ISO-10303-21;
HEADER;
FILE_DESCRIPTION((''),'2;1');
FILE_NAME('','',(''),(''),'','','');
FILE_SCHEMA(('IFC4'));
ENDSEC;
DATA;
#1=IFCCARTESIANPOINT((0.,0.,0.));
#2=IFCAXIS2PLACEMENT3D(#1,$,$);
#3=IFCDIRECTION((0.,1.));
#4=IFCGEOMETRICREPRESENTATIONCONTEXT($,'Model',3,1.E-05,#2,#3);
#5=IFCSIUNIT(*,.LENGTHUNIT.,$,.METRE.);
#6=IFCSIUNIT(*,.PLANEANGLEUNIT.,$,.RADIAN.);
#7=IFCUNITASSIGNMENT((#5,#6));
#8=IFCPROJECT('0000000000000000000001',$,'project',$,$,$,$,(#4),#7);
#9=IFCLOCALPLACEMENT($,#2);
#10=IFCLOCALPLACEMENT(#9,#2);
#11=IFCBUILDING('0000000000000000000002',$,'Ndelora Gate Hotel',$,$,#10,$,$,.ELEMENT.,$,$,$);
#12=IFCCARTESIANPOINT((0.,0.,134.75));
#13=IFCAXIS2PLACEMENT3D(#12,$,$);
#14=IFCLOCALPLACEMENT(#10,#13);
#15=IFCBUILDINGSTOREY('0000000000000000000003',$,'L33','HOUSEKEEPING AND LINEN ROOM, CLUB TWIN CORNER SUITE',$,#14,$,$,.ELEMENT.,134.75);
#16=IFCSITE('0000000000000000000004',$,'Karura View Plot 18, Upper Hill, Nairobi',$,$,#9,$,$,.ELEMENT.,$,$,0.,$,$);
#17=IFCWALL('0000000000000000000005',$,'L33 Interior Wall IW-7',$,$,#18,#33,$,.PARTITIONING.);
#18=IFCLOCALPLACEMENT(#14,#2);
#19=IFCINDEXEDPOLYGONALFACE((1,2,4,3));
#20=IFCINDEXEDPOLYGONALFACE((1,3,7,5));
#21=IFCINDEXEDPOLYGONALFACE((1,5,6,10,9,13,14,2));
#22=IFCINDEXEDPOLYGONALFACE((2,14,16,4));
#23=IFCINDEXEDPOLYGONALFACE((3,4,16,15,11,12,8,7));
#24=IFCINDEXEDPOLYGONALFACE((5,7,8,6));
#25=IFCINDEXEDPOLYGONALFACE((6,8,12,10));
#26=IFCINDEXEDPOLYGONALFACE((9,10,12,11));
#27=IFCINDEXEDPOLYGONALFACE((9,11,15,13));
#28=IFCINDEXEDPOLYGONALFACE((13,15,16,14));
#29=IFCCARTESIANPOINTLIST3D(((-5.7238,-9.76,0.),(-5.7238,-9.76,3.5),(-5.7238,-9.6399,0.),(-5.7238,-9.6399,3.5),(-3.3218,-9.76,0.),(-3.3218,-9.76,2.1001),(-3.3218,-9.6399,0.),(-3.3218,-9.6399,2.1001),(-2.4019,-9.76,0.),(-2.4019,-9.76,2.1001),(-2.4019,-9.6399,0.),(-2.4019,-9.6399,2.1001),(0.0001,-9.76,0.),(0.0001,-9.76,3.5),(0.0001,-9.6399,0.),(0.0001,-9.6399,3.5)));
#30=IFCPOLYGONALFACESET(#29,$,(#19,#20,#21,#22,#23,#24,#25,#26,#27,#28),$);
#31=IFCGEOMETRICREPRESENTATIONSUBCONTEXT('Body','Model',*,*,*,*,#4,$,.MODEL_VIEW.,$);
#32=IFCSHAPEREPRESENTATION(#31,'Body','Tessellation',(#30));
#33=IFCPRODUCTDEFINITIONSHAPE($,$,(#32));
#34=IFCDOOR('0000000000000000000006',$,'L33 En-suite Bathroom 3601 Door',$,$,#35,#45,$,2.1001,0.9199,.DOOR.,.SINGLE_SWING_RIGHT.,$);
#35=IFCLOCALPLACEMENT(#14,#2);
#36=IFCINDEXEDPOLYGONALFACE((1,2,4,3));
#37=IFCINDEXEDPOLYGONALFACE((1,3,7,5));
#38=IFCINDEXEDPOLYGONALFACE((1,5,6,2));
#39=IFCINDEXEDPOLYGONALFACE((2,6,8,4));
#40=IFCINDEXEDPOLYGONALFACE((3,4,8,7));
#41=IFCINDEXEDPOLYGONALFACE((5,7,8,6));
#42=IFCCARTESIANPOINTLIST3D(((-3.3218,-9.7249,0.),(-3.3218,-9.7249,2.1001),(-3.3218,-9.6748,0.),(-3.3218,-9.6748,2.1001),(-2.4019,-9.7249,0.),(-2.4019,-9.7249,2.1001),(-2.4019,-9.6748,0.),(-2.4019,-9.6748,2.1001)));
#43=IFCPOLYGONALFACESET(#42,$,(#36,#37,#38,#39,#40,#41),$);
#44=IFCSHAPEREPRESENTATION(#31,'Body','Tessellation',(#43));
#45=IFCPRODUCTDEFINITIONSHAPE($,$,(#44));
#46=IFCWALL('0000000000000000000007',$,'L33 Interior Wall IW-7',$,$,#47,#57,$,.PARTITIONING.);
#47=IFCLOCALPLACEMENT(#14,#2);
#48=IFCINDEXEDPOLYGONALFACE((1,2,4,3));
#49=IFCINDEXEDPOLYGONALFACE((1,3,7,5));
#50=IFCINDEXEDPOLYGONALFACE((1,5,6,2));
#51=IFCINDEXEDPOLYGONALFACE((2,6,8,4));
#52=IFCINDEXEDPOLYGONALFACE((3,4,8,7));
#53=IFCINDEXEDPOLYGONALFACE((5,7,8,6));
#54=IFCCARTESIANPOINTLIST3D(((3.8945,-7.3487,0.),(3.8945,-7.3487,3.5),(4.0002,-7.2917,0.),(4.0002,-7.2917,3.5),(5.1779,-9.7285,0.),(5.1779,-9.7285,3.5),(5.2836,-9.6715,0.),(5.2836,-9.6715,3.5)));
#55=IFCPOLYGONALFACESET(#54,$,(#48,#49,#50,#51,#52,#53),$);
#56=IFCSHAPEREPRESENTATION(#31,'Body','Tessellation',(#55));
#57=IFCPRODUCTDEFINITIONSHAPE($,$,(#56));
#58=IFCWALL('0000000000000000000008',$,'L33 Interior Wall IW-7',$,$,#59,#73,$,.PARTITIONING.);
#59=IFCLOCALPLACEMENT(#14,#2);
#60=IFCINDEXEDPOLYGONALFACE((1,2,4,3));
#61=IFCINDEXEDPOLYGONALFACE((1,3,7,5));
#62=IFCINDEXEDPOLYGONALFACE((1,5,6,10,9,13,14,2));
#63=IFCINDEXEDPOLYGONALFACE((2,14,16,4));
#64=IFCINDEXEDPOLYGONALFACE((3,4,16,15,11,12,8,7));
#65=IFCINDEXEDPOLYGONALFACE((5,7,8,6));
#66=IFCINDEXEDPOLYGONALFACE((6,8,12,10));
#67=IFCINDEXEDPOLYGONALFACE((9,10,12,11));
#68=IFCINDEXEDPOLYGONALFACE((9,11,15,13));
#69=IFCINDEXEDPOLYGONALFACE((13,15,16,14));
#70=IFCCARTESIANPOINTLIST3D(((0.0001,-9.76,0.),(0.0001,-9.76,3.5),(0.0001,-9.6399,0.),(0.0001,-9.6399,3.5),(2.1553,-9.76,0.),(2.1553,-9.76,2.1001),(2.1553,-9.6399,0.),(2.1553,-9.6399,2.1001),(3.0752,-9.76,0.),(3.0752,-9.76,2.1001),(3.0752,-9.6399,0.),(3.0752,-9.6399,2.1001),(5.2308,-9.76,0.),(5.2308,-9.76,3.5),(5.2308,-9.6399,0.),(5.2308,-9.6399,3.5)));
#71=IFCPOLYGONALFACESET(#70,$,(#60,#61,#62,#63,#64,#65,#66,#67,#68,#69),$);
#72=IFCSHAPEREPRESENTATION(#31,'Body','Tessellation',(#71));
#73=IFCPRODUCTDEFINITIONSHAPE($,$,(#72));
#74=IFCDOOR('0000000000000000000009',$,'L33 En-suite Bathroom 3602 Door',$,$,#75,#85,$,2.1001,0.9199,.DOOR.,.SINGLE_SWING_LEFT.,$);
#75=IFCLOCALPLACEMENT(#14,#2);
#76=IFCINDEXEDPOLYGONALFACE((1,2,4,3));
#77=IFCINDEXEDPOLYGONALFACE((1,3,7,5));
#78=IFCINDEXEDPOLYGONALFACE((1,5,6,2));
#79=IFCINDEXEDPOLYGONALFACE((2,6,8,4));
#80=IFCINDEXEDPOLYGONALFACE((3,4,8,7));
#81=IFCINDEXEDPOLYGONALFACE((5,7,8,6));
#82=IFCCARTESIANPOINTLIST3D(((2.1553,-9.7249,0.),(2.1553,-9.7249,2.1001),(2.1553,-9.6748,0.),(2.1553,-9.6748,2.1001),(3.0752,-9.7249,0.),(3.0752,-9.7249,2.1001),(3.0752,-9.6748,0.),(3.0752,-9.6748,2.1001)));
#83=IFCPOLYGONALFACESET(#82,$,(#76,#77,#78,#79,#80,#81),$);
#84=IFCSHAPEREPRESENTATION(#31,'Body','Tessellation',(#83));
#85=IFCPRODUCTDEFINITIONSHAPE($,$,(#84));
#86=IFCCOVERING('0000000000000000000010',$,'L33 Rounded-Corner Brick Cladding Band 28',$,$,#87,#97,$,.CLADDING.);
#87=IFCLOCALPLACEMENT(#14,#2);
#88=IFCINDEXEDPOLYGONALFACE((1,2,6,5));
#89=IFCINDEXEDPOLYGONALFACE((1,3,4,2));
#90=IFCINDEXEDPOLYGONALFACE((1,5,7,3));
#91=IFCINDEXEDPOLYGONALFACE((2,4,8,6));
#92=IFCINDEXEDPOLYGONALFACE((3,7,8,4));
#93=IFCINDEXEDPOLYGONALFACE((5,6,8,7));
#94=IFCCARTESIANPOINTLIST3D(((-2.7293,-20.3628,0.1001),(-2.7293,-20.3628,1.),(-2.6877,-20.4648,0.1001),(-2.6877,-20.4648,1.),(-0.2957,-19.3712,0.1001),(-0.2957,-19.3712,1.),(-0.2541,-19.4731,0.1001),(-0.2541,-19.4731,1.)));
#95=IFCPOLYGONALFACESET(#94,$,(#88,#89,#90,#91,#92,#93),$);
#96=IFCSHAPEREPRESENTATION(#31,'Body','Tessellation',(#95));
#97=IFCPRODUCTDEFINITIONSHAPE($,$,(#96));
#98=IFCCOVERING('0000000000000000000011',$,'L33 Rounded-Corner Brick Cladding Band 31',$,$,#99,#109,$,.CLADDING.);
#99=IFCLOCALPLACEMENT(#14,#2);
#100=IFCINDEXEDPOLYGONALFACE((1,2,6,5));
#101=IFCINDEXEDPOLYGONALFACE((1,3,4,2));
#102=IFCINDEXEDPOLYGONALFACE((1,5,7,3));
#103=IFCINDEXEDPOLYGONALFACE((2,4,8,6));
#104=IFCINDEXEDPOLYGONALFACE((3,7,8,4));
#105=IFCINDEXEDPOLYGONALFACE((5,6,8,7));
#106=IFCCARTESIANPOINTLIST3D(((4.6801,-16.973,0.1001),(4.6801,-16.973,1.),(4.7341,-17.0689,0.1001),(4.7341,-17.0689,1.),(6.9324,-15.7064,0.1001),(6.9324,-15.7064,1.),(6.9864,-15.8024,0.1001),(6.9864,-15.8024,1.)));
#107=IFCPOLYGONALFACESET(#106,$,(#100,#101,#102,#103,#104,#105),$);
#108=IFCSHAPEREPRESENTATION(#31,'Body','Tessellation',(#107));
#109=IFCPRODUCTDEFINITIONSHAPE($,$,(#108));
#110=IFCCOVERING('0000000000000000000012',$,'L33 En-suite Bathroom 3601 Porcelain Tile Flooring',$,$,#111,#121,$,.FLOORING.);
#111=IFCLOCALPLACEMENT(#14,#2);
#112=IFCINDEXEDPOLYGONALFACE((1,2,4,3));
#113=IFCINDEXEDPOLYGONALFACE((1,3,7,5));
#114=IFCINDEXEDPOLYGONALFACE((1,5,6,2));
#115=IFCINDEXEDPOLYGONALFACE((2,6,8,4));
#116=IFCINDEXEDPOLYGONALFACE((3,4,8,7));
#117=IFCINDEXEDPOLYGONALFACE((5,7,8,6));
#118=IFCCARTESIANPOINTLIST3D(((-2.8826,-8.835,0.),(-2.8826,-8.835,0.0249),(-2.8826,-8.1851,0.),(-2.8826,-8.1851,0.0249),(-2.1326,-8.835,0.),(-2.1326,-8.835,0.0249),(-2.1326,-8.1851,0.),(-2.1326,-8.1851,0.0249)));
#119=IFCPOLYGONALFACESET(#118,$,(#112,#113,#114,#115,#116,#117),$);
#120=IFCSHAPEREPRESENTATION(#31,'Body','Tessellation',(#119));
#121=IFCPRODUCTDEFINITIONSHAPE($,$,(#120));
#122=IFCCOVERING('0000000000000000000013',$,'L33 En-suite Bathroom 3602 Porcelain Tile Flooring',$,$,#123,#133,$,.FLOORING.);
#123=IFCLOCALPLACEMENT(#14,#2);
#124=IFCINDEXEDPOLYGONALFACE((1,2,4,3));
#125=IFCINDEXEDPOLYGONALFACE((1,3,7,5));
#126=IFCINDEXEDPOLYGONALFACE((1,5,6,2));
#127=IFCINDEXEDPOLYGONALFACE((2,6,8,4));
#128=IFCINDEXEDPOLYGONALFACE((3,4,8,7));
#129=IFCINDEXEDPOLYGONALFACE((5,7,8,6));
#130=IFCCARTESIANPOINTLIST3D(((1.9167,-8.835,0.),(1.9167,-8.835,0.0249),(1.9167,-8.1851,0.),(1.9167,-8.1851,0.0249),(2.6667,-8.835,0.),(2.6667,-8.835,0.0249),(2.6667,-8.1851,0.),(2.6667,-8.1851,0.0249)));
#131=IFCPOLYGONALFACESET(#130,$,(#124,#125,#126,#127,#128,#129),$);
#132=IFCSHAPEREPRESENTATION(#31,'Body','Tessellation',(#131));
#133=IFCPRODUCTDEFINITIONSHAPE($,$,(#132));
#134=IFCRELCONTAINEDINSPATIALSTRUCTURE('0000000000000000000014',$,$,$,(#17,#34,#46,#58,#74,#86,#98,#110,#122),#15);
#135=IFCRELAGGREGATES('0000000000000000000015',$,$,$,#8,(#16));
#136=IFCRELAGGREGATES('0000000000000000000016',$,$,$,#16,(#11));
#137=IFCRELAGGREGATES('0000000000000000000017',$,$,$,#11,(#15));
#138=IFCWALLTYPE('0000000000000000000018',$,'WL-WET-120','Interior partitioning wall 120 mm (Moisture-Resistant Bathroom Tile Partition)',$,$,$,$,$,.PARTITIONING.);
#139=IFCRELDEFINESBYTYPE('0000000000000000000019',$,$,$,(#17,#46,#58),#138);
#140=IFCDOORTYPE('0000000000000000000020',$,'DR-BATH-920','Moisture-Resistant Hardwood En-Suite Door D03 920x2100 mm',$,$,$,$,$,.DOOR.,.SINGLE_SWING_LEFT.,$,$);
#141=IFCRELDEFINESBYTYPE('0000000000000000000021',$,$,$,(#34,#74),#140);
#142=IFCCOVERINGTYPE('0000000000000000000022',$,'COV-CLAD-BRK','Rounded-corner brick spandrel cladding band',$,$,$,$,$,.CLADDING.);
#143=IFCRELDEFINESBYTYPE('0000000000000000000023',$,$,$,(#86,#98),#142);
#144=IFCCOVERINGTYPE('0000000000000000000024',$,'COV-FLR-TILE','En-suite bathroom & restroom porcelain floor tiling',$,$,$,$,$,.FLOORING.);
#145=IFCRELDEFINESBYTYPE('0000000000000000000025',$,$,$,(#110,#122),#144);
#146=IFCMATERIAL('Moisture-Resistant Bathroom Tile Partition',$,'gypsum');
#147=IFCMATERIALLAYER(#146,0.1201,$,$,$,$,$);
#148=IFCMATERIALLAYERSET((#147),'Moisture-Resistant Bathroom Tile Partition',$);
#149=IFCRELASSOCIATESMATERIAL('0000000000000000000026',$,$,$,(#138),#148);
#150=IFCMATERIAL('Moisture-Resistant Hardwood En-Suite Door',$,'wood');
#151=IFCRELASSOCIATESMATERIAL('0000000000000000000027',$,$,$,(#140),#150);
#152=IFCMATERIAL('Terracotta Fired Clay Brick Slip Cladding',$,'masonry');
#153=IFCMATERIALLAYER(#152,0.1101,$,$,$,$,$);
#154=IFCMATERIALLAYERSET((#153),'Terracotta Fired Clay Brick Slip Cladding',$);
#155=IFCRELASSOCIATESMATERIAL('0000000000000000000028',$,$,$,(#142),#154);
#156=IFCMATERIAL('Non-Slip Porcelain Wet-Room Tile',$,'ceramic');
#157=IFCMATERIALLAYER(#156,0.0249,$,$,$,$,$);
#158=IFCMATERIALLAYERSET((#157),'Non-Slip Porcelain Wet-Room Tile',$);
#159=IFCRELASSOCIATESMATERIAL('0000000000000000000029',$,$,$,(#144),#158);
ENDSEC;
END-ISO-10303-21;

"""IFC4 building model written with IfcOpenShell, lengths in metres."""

from ifc_helpers import new_model, si_unit, direction, frame, frame_2d, origin, origin_2d, place, context, subcontext, project, spatial, rectangle, extrude, material, layer, layer_set, type_object, element, fill, save


model = new_model("IFC4")

# Units and contexts
model_context = context("Model", 3, precision=1e-05, world=origin(), true_north=direction((0.0, 1.0)))
body_context = subcontext(model_context, "Body", "Model", "MODEL_VIEW")
ifc_project = project(units=[si_unit("LENGTHUNIT", "METRE"), si_unit("PLANEANGLEUNIT", "RADIAN")], contexts=[model_context])

# Site, building, storey
site_placement = place(None, origin())
site = spatial("IfcSite", under=ifc_project, at=site_placement, Name="Karura View Plot 18, Upper Hill, Nairobi", CompositionType="ELEMENT", RefElevation=0.0)
building_placement = place(site_placement, origin())
building = spatial("IfcBuilding", under=site, at=building_placement, Name="Ndelora Gate Hotel", CompositionType="ELEMENT")
storey_placement = place(building_placement, frame((0.0, 0.0, 134.75)))
storey = spatial("IfcBuildingStorey", under=building, at=storey_placement, Name="L33", Description="HOUSEKEEPING AND LINEN ROOM, CLUB TWIN CORNER SUITE", CompositionType="ELEMENT", Elevation=134.75)

# Wall, opening, door
ifc_material_1 = material(Name="Moisture-Resistant Bathroom Tile Partition", Category="gypsum")
ifc_layer_1 = layer(ifc_material_1, 0.1201)
ifc_layer_set_1 = layer_set([ifc_layer_1], Name="Moisture-Resistant Bathroom Tile Partition")
wall_type_1 = type_object("IfcWallType", Name="WL-WET-120", Description="Interior partitioning wall 120 mm (Moisture-Resistant Bathroom Tile Partition)", PredefinedType="PARTITIONING", material=ifc_layer_set_1)
wall_1_placement = place(storey_placement, frame((0.0, -9.7, 0.0), z_axis=(0.0, 0.0, 1.0), x_axis=(-1.0, 0.0, 0.0)))
wall_1 = element("IfcWall", 1, at=wall_1_placement, inside=storey, type_object=wall_type_1, Name="L33 Interior Wall IW-7", PredefinedType="PARTITIONING", context=body_context, shape_type="SweptSolid", body=[
    extrude(rectangle(XDim=5.7239, YDim=0.1201, at=frame_2d((2.8618, 0.0))), origin(), (0.0, 0.0, 1.0), 3.5),
])
opening_1_placement = place(wall_1_placement, frame((2.4019, 0.0, 0.0)))
opening_1 = element("IfcOpeningElement", 2, at=opening_1_placement, cuts=wall_1, PredefinedType="OPENING", context=body_context, shape_type="SweptSolid", body=[
    extrude(rectangle(XDim=0.9199, YDim=2.1001, at=frame_2d((0.46, 1.05))), frame((0.0, 0.0701, 0.0), z_axis=(0.0, -1.0, 0.0), x_axis=(1.0, 0.0, 0.0)), (0.0, 0.0, 1.0), 0.1401),
])
ifc_material_2 = material(Name="Moisture-Resistant Hardwood En-Suite Door", Category="wood")
door_type = type_object("IfcDoorType", Name="DR-BATH-920", Description="Moisture-Resistant Hardwood En-Suite Door D03 920x2100 mm", OperationType="SINGLE_SWING_LEFT", PredefinedType="DOOR", material=ifc_material_2)
door_1_placement = place(opening_1_placement, origin())
door_1 = element("IfcDoor", 3, at=door_1_placement, inside=storey, type_object=door_type, Name="L33 En-suite Bathroom 3601 Door", OperationType="SINGLE_SWING_RIGHT", OverallHeight=2.1001, OverallWidth=0.9199, PredefinedType="DOOR", context=body_context, shape_type="SweptSolid", body=[
    extrude(rectangle(XDim=0.9199, YDim=2.1001, at=frame_2d((0.46, 1.05))), frame((0.0, 0.0249, 0.0), z_axis=(0.0, -1.0, 0.0), x_axis=(1.0, 0.0, 0.0)), (0.0, 0.0, 1.0), 0.05),
])
fill(opening_1, door_1)

# Wall
wall_2_placement = place(storey_placement, frame((3.9473, -7.3201, 0.0), z_axis=(0.0, 0.0, 1.0), x_axis=(0.474665, -0.880166, 0.0)))
element("IfcWall", 4, at=wall_2_placement, inside=storey, type_object=wall_type_1, Name="L33 Interior Wall IW-7", PredefinedType="PARTITIONING", context=body_context, shape_type="SweptSolid", body=[
    extrude(rectangle(XDim=2.7039, YDim=0.1201, at=frame_2d((1.3521, 0.0))), origin(), (0.0, 0.0, 1.0), 3.5),
])

# Wall, opening, door
wall_3_placement = place(storey_placement, frame((5.2307, -9.7, 0.0), z_axis=(0.0, 0.0, 1.0), x_axis=(-1.0, 0.0, 0.0)))
wall_3 = element("IfcWall", 5, at=wall_3_placement, inside=storey, type_object=wall_type_1, Name="L33 Interior Wall IW-7", PredefinedType="PARTITIONING", context=body_context, shape_type="SweptSolid", body=[
    extrude(rectangle(XDim=5.2307, YDim=0.1201, at=frame_2d((2.6152, 0.0))), origin(), (0.0, 0.0, 1.0), 3.5),
])
opening_2_placement = place(wall_3_placement, frame((2.1555, 0.0, 0.0)))
opening_2 = element("IfcOpeningElement", 6, at=opening_2_placement, cuts=wall_3, PredefinedType="OPENING", context=body_context, shape_type="SweptSolid", body=[
    extrude(rectangle(XDim=0.9199, YDim=2.1001, at=frame_2d((0.46, 1.05))), frame((0.0, 0.0701, 0.0), z_axis=(0.0, -1.0, 0.0), x_axis=(1.0, 0.0, 0.0)), (0.0, 0.0, 1.0), 0.1401),
])
door_2_placement = place(opening_2_placement, origin())
door_2 = element("IfcDoor", 7, at=door_2_placement, inside=storey, type_object=door_type, Name="L33 En-suite Bathroom 3602 Door", OperationType="SINGLE_SWING_LEFT", OverallHeight=2.1001, OverallWidth=0.9199, PredefinedType="DOOR", context=body_context, shape_type="SweptSolid", body=[
    extrude(rectangle(XDim=0.9199, YDim=2.1001, at=frame_2d((0.46, 1.05))), frame((0.0, 0.0249, 0.0), z_axis=(0.0, -1.0, 0.0), x_axis=(1.0, 0.0, 0.0)), (0.0, 0.0, 1.0), 0.05),
])
fill(opening_2, door_2)

# Coverings
ifc_material_3 = material(Name="Terracotta Fired Clay Brick Slip Cladding", Category="masonry")
ifc_layer_2 = layer(ifc_material_3, 0.1101)
ifc_layer_set_2 = layer_set([ifc_layer_2], Name="Terracotta Fired Clay Brick Slip Cladding")
covering_type_1 = type_object("IfcCoveringType", Name="COV-CLAD-BRK", Description="Rounded-corner brick spandrel cladding band", PredefinedType="CLADDING", material=ifc_layer_set_2)
covering_1_placement = place(storey_placement, frame((-1.4917, -19.918, 0.1001), z_axis=(0.0, 0.0, 1.0), x_axis=(0.926068, 0.377356, 0.0)))
element("IfcCovering", 8, at=covering_1_placement, inside=storey, type_object=covering_type_1, Name="L33 Rounded-Corner Brick Cladding Band 28", PredefinedType="CLADDING", context=body_context, shape_type="SweptSolid", body=[
    extrude(rectangle(XDim=2.6279, YDim=0.1101, at=origin_2d()), origin(), (0.0, 0.0, 1.0), 0.8999),
])
covering_2_placement = place(storey_placement, frame((5.8333, -16.3877, 0.1001), z_axis=(0.0, 0.0, 1.0), x_axis=(0.871642, 0.490143, 0.0)))
element("IfcCovering", 9, at=covering_2_placement, inside=storey, type_object=covering_type_1, Name="L33 Rounded-Corner Brick Cladding Band 31", PredefinedType="CLADDING", context=body_context, shape_type="SweptSolid", body=[
    extrude(rectangle(XDim=2.584, YDim=0.1101, at=origin_2d()), origin(), (0.0, 0.0, 1.0), 0.8999),
])
ifc_material_4 = material(Name="Non-Slip Porcelain Wet-Room Tile", Category="ceramic")
ifc_layer_3 = layer(ifc_material_4, 0.0249)
ifc_layer_set_3 = layer_set([ifc_layer_3], Name="Non-Slip Porcelain Wet-Room Tile")
covering_type_2 = type_object("IfcCoveringType", Name="COV-FLR-TILE", Description="En-suite bathroom & restroom porcelain floor tiling", PredefinedType="FLOORING", material=ifc_layer_set_3)
for number, where, z_axis, x_axis, name in (
    (10, (-2.5076, -8.51, 0.0), (0.0, 0.0, 1.0), (1.0, 0.0, 0.0), "L33 En-suite Bathroom 3601 Porcelain Tile Flooring"),
    (11, (2.2917, -8.51, 0.0), (0.0, 0.0, 1.0), (1.0, 0.0, 0.0), "L33 En-suite Bathroom 3602 Porcelain Tile Flooring"),
):
    element("IfcCovering", number, at=place(storey_placement, frame(where, z_axis=z_axis, x_axis=x_axis)), inside=storey, type_object=covering_type_2, Name=name, PredefinedType="FLOORING", context=body_context, shape_type="SweptSolid", body=[
        extrude(rectangle(XDim=0.75, YDim=0.6499, at=origin_2d()), origin(), (0.0, 0.0, 1.0), 0.0249),
    ])

save(model, "model.ifc")
